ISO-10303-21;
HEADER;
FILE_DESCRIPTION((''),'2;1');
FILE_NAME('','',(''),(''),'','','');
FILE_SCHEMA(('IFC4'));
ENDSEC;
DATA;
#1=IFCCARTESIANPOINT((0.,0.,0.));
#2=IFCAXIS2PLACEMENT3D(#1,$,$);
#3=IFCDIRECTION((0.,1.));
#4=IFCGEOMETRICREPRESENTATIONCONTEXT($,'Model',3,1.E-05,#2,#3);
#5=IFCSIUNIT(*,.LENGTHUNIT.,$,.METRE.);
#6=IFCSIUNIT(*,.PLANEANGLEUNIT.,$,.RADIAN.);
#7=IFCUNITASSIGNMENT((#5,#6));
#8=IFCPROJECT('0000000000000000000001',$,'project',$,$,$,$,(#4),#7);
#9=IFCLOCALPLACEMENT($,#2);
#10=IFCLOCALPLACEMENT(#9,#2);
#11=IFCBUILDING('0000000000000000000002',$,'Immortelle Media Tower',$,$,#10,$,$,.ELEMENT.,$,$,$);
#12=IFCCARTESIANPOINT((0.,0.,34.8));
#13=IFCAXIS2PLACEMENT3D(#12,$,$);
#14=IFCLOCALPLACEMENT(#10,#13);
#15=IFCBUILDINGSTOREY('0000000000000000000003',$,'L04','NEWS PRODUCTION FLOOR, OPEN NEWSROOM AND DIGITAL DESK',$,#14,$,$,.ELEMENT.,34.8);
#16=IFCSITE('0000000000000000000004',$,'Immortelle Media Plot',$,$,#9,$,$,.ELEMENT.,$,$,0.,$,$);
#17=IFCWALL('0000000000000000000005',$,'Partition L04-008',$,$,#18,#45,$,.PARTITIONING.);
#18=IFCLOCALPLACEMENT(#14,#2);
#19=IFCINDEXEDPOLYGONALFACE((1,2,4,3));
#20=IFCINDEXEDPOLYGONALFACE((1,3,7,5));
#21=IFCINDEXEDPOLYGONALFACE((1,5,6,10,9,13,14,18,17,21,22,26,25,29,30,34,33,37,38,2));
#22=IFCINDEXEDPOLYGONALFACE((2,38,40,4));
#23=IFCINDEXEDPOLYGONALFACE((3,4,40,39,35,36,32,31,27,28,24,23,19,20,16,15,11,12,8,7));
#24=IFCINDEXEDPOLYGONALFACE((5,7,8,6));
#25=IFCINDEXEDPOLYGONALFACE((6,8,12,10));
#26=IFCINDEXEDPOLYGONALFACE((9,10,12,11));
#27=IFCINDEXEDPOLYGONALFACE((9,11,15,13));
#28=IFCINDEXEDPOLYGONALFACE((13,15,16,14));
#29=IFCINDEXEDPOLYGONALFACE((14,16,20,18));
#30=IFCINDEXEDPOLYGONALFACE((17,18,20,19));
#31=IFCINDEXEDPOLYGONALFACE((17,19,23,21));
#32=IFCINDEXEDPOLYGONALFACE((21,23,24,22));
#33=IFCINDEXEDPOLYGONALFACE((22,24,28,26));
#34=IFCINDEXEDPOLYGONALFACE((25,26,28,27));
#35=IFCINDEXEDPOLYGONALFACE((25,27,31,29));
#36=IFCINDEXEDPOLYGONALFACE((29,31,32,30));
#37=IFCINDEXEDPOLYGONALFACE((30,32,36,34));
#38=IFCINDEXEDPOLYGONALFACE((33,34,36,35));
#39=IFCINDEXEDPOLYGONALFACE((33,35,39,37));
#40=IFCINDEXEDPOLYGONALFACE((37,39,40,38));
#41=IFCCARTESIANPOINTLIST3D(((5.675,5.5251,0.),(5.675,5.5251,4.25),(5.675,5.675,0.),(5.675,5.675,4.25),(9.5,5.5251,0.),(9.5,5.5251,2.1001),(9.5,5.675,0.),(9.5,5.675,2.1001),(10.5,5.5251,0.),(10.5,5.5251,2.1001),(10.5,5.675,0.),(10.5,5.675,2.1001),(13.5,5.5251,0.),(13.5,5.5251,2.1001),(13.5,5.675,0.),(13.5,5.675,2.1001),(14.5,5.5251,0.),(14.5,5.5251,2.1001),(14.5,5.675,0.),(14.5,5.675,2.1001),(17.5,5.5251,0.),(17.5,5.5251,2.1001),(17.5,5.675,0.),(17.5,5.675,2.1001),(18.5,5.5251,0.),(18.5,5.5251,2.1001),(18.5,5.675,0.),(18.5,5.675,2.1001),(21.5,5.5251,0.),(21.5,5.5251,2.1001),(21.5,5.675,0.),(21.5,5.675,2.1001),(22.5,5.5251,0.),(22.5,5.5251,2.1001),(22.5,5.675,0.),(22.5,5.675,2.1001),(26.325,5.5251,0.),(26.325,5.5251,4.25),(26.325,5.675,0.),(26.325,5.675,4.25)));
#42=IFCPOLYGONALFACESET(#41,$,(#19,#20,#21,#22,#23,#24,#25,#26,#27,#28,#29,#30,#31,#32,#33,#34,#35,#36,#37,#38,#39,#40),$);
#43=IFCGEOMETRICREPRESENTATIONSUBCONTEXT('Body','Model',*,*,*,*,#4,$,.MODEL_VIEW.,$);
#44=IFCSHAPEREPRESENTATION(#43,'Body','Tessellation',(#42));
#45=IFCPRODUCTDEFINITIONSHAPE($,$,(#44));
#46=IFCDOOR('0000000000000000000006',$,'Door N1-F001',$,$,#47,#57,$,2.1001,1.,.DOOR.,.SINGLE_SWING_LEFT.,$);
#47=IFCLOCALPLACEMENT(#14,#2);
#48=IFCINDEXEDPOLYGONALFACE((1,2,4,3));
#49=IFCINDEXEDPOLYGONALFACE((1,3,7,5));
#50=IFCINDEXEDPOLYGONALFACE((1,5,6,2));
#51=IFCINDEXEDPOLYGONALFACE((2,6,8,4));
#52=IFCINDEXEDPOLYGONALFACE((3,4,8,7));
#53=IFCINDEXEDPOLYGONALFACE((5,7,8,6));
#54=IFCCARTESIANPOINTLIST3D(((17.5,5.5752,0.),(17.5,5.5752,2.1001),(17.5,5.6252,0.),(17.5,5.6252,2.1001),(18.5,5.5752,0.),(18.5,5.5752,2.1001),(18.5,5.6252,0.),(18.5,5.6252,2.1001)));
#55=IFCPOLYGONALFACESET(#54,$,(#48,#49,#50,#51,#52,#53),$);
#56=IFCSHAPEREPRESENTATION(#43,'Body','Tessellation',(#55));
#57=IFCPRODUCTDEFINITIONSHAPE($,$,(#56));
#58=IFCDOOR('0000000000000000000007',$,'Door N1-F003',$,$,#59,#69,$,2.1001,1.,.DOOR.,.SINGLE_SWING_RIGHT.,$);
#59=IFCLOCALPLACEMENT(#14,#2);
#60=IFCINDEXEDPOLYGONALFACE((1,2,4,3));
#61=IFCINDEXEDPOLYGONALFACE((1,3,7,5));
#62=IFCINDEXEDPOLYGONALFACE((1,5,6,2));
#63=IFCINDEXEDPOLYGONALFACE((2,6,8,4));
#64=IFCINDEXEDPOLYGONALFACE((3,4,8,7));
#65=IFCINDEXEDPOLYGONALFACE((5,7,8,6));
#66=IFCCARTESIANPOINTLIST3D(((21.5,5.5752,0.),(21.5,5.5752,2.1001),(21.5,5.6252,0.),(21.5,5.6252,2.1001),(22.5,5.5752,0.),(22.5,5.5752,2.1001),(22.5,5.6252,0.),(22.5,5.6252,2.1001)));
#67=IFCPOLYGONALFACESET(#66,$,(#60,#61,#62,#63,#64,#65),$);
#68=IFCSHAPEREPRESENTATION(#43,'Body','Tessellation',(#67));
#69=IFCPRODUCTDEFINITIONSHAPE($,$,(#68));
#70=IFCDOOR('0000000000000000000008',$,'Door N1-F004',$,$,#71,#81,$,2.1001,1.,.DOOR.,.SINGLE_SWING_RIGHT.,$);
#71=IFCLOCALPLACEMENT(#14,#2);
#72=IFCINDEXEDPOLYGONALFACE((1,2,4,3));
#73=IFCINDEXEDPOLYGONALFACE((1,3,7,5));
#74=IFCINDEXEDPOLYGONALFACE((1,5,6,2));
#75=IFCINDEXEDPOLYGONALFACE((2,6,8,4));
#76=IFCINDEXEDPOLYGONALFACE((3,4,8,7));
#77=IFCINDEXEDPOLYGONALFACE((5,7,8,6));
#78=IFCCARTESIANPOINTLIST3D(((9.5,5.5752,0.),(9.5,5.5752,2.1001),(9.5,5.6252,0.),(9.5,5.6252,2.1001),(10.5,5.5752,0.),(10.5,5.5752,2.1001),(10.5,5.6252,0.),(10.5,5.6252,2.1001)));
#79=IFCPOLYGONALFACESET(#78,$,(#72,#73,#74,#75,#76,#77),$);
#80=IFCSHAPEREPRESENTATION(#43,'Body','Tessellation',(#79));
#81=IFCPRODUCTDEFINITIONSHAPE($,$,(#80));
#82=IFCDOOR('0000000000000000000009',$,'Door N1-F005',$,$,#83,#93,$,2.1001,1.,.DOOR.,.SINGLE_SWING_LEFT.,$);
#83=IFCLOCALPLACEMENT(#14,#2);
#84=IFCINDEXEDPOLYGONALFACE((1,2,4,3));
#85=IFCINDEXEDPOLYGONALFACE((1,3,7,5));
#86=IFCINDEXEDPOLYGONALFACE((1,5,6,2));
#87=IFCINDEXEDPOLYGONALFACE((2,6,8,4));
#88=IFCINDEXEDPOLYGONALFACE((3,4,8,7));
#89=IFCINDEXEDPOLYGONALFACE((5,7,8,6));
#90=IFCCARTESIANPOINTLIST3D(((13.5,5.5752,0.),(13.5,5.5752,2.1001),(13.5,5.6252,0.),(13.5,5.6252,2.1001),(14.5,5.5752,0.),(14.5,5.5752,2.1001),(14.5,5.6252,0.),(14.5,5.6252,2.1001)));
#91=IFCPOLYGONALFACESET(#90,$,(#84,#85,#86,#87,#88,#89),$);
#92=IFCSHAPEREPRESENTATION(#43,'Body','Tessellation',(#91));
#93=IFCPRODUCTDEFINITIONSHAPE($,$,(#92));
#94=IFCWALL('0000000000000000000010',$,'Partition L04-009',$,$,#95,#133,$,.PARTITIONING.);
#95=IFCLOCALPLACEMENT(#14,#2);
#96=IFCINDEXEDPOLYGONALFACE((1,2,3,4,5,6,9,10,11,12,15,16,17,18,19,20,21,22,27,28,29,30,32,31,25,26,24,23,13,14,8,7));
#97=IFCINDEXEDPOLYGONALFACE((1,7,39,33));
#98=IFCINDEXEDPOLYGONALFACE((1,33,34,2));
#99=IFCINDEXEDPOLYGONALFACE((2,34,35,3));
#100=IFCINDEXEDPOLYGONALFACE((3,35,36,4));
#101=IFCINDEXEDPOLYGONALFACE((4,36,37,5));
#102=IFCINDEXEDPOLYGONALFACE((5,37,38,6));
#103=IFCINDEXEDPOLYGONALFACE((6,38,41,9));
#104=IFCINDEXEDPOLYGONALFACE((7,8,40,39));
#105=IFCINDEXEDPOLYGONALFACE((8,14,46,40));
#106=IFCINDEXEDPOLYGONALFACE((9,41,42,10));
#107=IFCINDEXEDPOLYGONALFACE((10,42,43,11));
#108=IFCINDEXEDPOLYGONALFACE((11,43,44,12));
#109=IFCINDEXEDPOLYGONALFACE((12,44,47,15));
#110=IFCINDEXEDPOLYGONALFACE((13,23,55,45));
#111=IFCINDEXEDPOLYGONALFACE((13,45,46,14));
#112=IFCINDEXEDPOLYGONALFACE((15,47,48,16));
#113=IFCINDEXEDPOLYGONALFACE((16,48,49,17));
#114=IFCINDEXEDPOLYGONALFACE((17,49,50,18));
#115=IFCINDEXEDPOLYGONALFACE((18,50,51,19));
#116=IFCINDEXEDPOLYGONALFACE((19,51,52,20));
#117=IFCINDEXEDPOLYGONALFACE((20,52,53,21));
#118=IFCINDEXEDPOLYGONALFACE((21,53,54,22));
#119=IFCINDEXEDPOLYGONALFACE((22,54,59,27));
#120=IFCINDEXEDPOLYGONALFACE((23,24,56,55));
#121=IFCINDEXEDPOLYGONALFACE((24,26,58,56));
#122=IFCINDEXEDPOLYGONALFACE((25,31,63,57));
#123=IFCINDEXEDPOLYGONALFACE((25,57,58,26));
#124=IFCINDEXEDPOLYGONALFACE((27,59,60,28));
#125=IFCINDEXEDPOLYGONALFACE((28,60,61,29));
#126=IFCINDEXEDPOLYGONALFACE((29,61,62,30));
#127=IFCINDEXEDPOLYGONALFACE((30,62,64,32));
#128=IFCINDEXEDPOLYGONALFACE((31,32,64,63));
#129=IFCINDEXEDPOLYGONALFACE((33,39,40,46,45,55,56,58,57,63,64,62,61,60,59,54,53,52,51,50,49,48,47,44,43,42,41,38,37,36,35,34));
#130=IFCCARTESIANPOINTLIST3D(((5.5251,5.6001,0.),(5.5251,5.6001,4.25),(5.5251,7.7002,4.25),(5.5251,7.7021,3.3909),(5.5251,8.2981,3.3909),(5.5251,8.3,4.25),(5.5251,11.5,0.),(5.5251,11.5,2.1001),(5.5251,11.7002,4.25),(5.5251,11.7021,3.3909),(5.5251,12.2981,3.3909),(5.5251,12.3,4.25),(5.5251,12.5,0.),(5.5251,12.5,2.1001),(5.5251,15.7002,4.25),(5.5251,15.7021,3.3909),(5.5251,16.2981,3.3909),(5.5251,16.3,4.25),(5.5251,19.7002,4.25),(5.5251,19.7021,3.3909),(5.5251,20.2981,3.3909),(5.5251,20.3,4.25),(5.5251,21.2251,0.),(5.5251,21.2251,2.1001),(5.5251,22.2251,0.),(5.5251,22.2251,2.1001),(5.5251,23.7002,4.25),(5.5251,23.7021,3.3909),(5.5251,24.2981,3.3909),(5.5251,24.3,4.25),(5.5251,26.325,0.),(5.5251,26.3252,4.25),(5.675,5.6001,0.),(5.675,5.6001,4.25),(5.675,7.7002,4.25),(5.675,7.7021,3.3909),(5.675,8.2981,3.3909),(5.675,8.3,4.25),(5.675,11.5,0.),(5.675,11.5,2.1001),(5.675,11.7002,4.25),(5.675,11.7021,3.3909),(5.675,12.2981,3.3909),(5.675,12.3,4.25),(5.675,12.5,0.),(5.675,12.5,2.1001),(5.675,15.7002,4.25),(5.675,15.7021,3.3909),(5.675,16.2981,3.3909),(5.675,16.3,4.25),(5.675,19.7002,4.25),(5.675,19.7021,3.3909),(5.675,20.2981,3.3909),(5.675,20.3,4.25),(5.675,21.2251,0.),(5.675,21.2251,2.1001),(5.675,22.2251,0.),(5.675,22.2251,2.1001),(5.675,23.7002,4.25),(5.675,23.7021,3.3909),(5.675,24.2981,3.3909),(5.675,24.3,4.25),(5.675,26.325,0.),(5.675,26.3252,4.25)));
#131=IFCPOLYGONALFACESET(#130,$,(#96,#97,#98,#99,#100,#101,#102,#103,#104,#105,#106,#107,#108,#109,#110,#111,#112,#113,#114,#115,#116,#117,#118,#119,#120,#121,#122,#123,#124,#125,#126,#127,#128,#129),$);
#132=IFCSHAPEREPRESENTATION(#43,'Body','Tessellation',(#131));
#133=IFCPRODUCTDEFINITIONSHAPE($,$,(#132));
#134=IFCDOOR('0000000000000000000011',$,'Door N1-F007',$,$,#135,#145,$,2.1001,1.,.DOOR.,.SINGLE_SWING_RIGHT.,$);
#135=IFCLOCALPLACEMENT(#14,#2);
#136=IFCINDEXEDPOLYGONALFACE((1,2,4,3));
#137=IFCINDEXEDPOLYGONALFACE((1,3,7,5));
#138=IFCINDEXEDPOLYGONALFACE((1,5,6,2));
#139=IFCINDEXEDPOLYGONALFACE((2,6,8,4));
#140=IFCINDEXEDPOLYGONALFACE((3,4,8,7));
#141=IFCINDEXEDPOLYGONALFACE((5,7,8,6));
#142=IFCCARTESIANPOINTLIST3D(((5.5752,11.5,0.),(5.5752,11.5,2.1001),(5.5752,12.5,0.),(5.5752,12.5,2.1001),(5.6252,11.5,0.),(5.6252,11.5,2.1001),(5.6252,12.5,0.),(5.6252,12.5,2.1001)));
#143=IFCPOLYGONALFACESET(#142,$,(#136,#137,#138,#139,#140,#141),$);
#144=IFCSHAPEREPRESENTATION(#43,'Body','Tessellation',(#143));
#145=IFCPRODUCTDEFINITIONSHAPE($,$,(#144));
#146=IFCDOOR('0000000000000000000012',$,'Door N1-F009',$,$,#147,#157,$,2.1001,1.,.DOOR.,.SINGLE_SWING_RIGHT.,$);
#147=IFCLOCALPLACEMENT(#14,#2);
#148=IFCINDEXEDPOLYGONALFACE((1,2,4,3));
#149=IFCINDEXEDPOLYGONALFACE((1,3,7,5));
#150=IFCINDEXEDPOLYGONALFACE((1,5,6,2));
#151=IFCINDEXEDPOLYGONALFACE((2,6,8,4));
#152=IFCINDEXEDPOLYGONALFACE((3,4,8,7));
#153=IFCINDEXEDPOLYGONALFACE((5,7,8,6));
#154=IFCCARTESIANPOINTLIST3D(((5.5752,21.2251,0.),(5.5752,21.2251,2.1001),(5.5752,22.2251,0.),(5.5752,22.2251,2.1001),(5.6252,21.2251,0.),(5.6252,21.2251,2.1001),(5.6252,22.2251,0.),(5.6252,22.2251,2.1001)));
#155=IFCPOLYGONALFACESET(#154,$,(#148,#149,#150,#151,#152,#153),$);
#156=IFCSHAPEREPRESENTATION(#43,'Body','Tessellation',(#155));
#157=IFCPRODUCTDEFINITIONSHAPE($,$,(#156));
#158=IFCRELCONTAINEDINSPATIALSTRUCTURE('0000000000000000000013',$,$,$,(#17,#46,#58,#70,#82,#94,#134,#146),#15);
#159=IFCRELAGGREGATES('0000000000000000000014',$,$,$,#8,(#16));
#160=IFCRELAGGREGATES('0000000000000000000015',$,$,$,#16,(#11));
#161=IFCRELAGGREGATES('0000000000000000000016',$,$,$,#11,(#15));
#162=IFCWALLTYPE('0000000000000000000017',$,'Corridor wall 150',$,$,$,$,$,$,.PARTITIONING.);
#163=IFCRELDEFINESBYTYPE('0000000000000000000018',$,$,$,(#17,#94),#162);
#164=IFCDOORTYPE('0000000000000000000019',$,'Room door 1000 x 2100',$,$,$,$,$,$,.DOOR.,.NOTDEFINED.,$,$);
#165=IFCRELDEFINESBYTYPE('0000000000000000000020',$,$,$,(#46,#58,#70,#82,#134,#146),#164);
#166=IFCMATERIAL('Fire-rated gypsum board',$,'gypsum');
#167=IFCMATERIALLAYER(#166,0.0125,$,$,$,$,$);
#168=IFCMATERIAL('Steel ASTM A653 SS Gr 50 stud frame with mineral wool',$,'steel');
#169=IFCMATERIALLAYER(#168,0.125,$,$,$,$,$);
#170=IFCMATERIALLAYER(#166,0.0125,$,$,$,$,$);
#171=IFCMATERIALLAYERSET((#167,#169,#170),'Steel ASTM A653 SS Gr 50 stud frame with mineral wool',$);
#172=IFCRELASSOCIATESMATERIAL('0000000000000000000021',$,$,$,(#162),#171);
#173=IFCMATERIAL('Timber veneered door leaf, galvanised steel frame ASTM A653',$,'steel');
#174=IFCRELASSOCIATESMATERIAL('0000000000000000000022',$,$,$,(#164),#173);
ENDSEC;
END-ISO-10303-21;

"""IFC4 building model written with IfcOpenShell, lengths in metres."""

from ifc_helpers import new_model, si_unit, direction, frame, frame_2d, origin, place, context, subcontext, project, spatial, polyline, rectangle, outline, extrude, material, layer, layer_set, type_object, element, fill, save


model = new_model("IFC4")

# Units and contexts
model_context = context("Model", 3, precision=1e-05, world=origin(), true_north=direction((0.0, 1.0)))
body_context = subcontext(model_context, "Body", "Model", "MODEL_VIEW")
ifc_project = project(units=[si_unit("LENGTHUNIT", "METRE"), si_unit("PLANEANGLEUNIT", "RADIAN")], contexts=[model_context])

# Site, building, storey
site_placement = place(None, origin())
site = spatial("IfcSite", under=ifc_project, at=site_placement, Name="Immortelle Media Plot", CompositionType="ELEMENT", RefElevation=0.0)
building_placement = place(site_placement, origin())
building = spatial("IfcBuilding", under=site, at=building_placement, Name="Immortelle Media Tower", CompositionType="ELEMENT")
storey_placement = place(building_placement, frame((0.0, 0.0, 34.8)))
storey = spatial("IfcBuildingStorey", under=building, at=storey_placement, Name="L04", Description="NEWS PRODUCTION FLOOR, OPEN NEWSROOM AND DIGITAL DESK", CompositionType="ELEMENT", Elevation=34.8)

# Walls, openings, doors
ifc_material_1 = material(Name="Fire-rated gypsum board", Category="gypsum")
ifc_layer_1 = layer(ifc_material_1, 0.0125)
ifc_material_2 = material(Name="Steel ASTM A653 SS Gr 50 stud frame with mineral wool", Category="steel")
ifc_layer_2 = layer(ifc_material_2, 0.125)
ifc_layer_3 = layer(ifc_material_1, 0.0125)
ifc_layer_set_1 = layer_set([ifc_layer_1, ifc_layer_2, ifc_layer_3], Name="Steel ASTM A653 SS Gr 50 stud frame with mineral wool")
wall_type_1 = type_object("IfcWallType", Name="Corridor wall 150", PredefinedType="PARTITIONING", material=ifc_layer_set_1)
wall_1_placement = place(storey_placement, frame((5.675, 5.6001, 0.0), z_axis=(0.0, 0.0, 1.0), x_axis=(1.0, 0.0, 0.0)))
wall_1 = element("IfcWall", 1, at=wall_1_placement, inside=storey, type_object=wall_type_1, Name="Partition L04-008", PredefinedType="PARTITIONING", context=body_context, shape_type="SweptSolid", body=[
    extrude(rectangle(XDim=20.6499, YDim=0.1499, at=frame_2d((10.325, 0.0))), origin(), (0.0, 0.0, 1.0), 4.25),
])
opening_1_placement = place(wall_1_placement, frame((12.825, 0.0, 0.0), z_axis=(0.0, 0.0, 1.0), x_axis=(-1.0, 0.0, 0.0)))
opening_1 = element("IfcOpeningElement", 2, at=opening_1_placement, cuts=wall_1, PredefinedType="OPENING", context=body_context, shape_type="SweptSolid", body=[
    extrude(rectangle(XDim=1.0, YDim=2.1001, at=frame_2d((0.5, 1.05))), frame((0.0, 0.085, 0.0), z_axis=(0.0, -1.0, 0.0), x_axis=(1.0, 0.0, 0.0)), (0.0, 0.0, 1.0), 0.1699),
])
opening_2_placement = place(wall_1_placement, frame((16.825, 0.0, 0.0), z_axis=(0.0, 0.0, 1.0), x_axis=(-1.0, 0.0, 0.0)))
opening_2 = element("IfcOpeningElement", 3, at=opening_2_placement, cuts=wall_1, PredefinedType="OPENING", context=body_context, shape_type="SweptSolid", body=[
    extrude(rectangle(XDim=1.0, YDim=2.1001, at=frame_2d((0.5, 1.05))), frame((0.0, 0.085, 0.0), z_axis=(0.0, -1.0, 0.0), x_axis=(1.0, 0.0, 0.0)), (0.0, 0.0, 1.0), 0.1699),
])
opening_3_placement = place(wall_1_placement, frame((4.825, 0.0, 0.0), z_axis=(0.0, 0.0, 1.0), x_axis=(-1.0, 0.0, 0.0)))
opening_3 = element("IfcOpeningElement", 4, at=opening_3_placement, cuts=wall_1, PredefinedType="OPENING", context=body_context, shape_type="SweptSolid", body=[
    extrude(rectangle(XDim=1.0, YDim=2.1001, at=frame_2d((0.5, 1.05))), frame((0.0, 0.085, 0.0), z_axis=(0.0, -1.0, 0.0), x_axis=(1.0, 0.0, 0.0)), (0.0, 0.0, 1.0), 0.1699),
])
opening_4_placement = place(wall_1_placement, frame((8.825, 0.0, 0.0), z_axis=(0.0, 0.0, 1.0), x_axis=(-1.0, 0.0, 0.0)))
opening_4 = element("IfcOpeningElement", 5, at=opening_4_placement, cuts=wall_1, PredefinedType="OPENING", context=body_context, shape_type="SweptSolid", body=[
    extrude(rectangle(XDim=1.0, YDim=2.1001, at=frame_2d((0.5, 1.05))), frame((0.0, 0.085, 0.0), z_axis=(0.0, -1.0, 0.0), x_axis=(1.0, 0.0, 0.0)), (0.0, 0.0, 1.0), 0.1699),
])
ifc_material_3 = material(Name="Timber veneered door leaf, galvanised steel frame ASTM A653", Category="steel")
door_type_1 = type_object("IfcDoorType", Name="Room door 1000 x 2100", OperationType="NOTDEFINED", PredefinedType="DOOR", material=ifc_material_3)
door_1_placement = place(opening_1_placement, origin())
door_1 = element("IfcDoor", 6, at=door_1_placement, inside=storey, type_object=door_type_1, Name="Door N1-F001", OperationType="SINGLE_SWING_LEFT", OverallHeight=2.1001, OverallWidth=1.0, PredefinedType="DOOR", context=body_context, shape_type="SweptSolid", body=[
    extrude(rectangle(XDim=1.0, YDim=2.1001, at=frame_2d((0.5, 1.05))), frame((0.0, 0.0249, 0.0), z_axis=(0.0, -1.0, 0.0), x_axis=(1.0, 0.0, 0.0)), (0.0, 0.0, 1.0), 0.05),
])
fill(opening_1, door_1)
door_2_placement = place(opening_2_placement, origin())
door_2 = element("IfcDoor", 7, at=door_2_placement, inside=storey, type_object=door_type_1, Name="Door N1-F003", OperationType="SINGLE_SWING_RIGHT", OverallHeight=2.1001, OverallWidth=1.0, PredefinedType="DOOR", context=body_context, shape_type="SweptSolid", body=[
    extrude(rectangle(XDim=1.0, YDim=2.1001, at=frame_2d((0.5, 1.05))), frame((0.0, 0.0249, 0.0), z_axis=(0.0, -1.0, 0.0), x_axis=(1.0, 0.0, 0.0)), (0.0, 0.0, 1.0), 0.05),
])
fill(opening_2, door_2)
door_3_placement = place(opening_3_placement, origin())
door_3 = element("IfcDoor", 8, at=door_3_placement, inside=storey, type_object=door_type_1, Name="Door N1-F004", OperationType="SINGLE_SWING_RIGHT", OverallHeight=2.1001, OverallWidth=1.0, PredefinedType="DOOR", context=body_context, shape_type="SweptSolid", body=[
    extrude(rectangle(XDim=1.0, YDim=2.1001, at=frame_2d((0.5, 1.05))), frame((0.0, 0.0249, 0.0), z_axis=(0.0, -1.0, 0.0), x_axis=(1.0, 0.0, 0.0)), (0.0, 0.0, 1.0), 0.05),
])
fill(opening_3, door_3)
door_4_placement = place(opening_4_placement, origin())
door_4 = element("IfcDoor", 9, at=door_4_placement, inside=storey, type_object=door_type_1, Name="Door N1-F005", OperationType="SINGLE_SWING_LEFT", OverallHeight=2.1001, OverallWidth=1.0, PredefinedType="DOOR", context=body_context, shape_type="SweptSolid", body=[
    extrude(rectangle(XDim=1.0, YDim=2.1001, at=frame_2d((0.5, 1.05))), frame((0.0, 0.0249, 0.0), z_axis=(0.0, -1.0, 0.0), x_axis=(1.0, 0.0, 0.0)), (0.0, 0.0, 1.0), 0.05),
])
fill(opening_4, door_4)
wall_2_placement = place(storey_placement, frame((5.6001, 5.6001, 0.0), z_axis=(0.0, 0.0, 1.0), x_axis=(0.0, 1.0, 0.0)))
wall_2 = element("IfcWall", 10, at=wall_2_placement, inside=storey, type_object=wall_type_1, Name="Partition L04-009", PredefinedType="PARTITIONING", context=body_context, shape_type="SweptSolid", body=[
    extrude(outline(polyline([(0.0, 0.0), (20.7249, 0.0), (20.7251, 4.25), (18.7, 4.25), (18.698, 3.3909), (18.1021, 3.3909), (18.1001, 4.25), (14.7, 4.25), (14.698, 3.3909), (14.1021, 3.3909), (14.1001, 4.25), (10.7, 4.25), (10.698, 3.3909), (10.1021, 3.3909), (10.1001, 4.25), (6.7, 4.25), (6.698, 3.3909), (6.1021, 3.3909), (6.1001, 4.25), (2.7, 4.25), (2.698, 3.3909), (2.1021, 3.3909), (2.1001, 4.25), (0.0, 4.25), (0.0, 0.0)])), frame((0.0, 0.075, 0.0), z_axis=(0.0, -1.0, 0.0), x_axis=(1.0, 0.0, 0.0)), (0.0, 0.0, 1.0), 0.1499),
])
opening_5_placement = place(wall_2_placement, frame((5.8999, 0.0, 0.0)))
opening_5 = element("IfcOpeningElement", 11, at=opening_5_placement, cuts=wall_2, PredefinedType="OPENING", context=body_context, shape_type="SweptSolid", body=[
    extrude(rectangle(XDim=1.0, YDim=2.1001, at=frame_2d((0.5, 1.05))), frame((0.0, 0.085, 0.0), z_axis=(0.0, -1.0, 0.0), x_axis=(1.0, 0.0, 0.0)), (0.0, 0.0, 1.0), 0.1699),
])
opening_6_placement = place(wall_2_placement, frame((15.625, 0.0, 0.0)))
opening_6 = element("IfcOpeningElement", 12, at=opening_6_placement, cuts=wall_2, PredefinedType="OPENING", context=body_context, shape_type="SweptSolid", body=[
    extrude(rectangle(XDim=1.0, YDim=2.1001, at=frame_2d((0.5, 1.05))), frame((0.0, 0.085, 0.0), z_axis=(0.0, -1.0, 0.0), x_axis=(1.0, 0.0, 0.0)), (0.0, 0.0, 1.0), 0.1699),
])
door_5_placement = place(opening_5_placement, origin())
door_5 = element("IfcDoor", 13, at=door_5_placement, inside=storey, type_object=door_type_1, Name="Door N1-F007", OperationType="SINGLE_SWING_RIGHT", OverallHeight=2.1001, OverallWidth=1.0, PredefinedType="DOOR", context=body_context, shape_type="SweptSolid", body=[
    extrude(rectangle(XDim=1.0, YDim=2.1001, at=frame_2d((0.5, 1.05))), frame((0.0, 0.0249, 0.0), z_axis=(0.0, -1.0, 0.0), x_axis=(1.0, 0.0, 0.0)), (0.0, 0.0, 1.0), 0.05),
])
fill(opening_5, door_5)
door_6_placement = place(opening_6_placement, origin())
door_6 = element("IfcDoor", 14, at=door_6_placement, inside=storey, type_object=door_type_1, Name="Door N1-F009", OperationType="SINGLE_SWING_RIGHT", OverallHeight=2.1001, OverallWidth=1.0, PredefinedType="DOOR", context=body_context, shape_type="SweptSolid", body=[
    extrude(rectangle(XDim=1.0, YDim=2.1001, at=frame_2d((0.5, 1.05))), frame((0.0, 0.0249, 0.0), z_axis=(0.0, -1.0, 0.0), x_axis=(1.0, 0.0, 0.0)), (0.0, 0.0, 1.0), 0.05),
])
fill(opening_6, door_6)

save(model, "model.ifc")
